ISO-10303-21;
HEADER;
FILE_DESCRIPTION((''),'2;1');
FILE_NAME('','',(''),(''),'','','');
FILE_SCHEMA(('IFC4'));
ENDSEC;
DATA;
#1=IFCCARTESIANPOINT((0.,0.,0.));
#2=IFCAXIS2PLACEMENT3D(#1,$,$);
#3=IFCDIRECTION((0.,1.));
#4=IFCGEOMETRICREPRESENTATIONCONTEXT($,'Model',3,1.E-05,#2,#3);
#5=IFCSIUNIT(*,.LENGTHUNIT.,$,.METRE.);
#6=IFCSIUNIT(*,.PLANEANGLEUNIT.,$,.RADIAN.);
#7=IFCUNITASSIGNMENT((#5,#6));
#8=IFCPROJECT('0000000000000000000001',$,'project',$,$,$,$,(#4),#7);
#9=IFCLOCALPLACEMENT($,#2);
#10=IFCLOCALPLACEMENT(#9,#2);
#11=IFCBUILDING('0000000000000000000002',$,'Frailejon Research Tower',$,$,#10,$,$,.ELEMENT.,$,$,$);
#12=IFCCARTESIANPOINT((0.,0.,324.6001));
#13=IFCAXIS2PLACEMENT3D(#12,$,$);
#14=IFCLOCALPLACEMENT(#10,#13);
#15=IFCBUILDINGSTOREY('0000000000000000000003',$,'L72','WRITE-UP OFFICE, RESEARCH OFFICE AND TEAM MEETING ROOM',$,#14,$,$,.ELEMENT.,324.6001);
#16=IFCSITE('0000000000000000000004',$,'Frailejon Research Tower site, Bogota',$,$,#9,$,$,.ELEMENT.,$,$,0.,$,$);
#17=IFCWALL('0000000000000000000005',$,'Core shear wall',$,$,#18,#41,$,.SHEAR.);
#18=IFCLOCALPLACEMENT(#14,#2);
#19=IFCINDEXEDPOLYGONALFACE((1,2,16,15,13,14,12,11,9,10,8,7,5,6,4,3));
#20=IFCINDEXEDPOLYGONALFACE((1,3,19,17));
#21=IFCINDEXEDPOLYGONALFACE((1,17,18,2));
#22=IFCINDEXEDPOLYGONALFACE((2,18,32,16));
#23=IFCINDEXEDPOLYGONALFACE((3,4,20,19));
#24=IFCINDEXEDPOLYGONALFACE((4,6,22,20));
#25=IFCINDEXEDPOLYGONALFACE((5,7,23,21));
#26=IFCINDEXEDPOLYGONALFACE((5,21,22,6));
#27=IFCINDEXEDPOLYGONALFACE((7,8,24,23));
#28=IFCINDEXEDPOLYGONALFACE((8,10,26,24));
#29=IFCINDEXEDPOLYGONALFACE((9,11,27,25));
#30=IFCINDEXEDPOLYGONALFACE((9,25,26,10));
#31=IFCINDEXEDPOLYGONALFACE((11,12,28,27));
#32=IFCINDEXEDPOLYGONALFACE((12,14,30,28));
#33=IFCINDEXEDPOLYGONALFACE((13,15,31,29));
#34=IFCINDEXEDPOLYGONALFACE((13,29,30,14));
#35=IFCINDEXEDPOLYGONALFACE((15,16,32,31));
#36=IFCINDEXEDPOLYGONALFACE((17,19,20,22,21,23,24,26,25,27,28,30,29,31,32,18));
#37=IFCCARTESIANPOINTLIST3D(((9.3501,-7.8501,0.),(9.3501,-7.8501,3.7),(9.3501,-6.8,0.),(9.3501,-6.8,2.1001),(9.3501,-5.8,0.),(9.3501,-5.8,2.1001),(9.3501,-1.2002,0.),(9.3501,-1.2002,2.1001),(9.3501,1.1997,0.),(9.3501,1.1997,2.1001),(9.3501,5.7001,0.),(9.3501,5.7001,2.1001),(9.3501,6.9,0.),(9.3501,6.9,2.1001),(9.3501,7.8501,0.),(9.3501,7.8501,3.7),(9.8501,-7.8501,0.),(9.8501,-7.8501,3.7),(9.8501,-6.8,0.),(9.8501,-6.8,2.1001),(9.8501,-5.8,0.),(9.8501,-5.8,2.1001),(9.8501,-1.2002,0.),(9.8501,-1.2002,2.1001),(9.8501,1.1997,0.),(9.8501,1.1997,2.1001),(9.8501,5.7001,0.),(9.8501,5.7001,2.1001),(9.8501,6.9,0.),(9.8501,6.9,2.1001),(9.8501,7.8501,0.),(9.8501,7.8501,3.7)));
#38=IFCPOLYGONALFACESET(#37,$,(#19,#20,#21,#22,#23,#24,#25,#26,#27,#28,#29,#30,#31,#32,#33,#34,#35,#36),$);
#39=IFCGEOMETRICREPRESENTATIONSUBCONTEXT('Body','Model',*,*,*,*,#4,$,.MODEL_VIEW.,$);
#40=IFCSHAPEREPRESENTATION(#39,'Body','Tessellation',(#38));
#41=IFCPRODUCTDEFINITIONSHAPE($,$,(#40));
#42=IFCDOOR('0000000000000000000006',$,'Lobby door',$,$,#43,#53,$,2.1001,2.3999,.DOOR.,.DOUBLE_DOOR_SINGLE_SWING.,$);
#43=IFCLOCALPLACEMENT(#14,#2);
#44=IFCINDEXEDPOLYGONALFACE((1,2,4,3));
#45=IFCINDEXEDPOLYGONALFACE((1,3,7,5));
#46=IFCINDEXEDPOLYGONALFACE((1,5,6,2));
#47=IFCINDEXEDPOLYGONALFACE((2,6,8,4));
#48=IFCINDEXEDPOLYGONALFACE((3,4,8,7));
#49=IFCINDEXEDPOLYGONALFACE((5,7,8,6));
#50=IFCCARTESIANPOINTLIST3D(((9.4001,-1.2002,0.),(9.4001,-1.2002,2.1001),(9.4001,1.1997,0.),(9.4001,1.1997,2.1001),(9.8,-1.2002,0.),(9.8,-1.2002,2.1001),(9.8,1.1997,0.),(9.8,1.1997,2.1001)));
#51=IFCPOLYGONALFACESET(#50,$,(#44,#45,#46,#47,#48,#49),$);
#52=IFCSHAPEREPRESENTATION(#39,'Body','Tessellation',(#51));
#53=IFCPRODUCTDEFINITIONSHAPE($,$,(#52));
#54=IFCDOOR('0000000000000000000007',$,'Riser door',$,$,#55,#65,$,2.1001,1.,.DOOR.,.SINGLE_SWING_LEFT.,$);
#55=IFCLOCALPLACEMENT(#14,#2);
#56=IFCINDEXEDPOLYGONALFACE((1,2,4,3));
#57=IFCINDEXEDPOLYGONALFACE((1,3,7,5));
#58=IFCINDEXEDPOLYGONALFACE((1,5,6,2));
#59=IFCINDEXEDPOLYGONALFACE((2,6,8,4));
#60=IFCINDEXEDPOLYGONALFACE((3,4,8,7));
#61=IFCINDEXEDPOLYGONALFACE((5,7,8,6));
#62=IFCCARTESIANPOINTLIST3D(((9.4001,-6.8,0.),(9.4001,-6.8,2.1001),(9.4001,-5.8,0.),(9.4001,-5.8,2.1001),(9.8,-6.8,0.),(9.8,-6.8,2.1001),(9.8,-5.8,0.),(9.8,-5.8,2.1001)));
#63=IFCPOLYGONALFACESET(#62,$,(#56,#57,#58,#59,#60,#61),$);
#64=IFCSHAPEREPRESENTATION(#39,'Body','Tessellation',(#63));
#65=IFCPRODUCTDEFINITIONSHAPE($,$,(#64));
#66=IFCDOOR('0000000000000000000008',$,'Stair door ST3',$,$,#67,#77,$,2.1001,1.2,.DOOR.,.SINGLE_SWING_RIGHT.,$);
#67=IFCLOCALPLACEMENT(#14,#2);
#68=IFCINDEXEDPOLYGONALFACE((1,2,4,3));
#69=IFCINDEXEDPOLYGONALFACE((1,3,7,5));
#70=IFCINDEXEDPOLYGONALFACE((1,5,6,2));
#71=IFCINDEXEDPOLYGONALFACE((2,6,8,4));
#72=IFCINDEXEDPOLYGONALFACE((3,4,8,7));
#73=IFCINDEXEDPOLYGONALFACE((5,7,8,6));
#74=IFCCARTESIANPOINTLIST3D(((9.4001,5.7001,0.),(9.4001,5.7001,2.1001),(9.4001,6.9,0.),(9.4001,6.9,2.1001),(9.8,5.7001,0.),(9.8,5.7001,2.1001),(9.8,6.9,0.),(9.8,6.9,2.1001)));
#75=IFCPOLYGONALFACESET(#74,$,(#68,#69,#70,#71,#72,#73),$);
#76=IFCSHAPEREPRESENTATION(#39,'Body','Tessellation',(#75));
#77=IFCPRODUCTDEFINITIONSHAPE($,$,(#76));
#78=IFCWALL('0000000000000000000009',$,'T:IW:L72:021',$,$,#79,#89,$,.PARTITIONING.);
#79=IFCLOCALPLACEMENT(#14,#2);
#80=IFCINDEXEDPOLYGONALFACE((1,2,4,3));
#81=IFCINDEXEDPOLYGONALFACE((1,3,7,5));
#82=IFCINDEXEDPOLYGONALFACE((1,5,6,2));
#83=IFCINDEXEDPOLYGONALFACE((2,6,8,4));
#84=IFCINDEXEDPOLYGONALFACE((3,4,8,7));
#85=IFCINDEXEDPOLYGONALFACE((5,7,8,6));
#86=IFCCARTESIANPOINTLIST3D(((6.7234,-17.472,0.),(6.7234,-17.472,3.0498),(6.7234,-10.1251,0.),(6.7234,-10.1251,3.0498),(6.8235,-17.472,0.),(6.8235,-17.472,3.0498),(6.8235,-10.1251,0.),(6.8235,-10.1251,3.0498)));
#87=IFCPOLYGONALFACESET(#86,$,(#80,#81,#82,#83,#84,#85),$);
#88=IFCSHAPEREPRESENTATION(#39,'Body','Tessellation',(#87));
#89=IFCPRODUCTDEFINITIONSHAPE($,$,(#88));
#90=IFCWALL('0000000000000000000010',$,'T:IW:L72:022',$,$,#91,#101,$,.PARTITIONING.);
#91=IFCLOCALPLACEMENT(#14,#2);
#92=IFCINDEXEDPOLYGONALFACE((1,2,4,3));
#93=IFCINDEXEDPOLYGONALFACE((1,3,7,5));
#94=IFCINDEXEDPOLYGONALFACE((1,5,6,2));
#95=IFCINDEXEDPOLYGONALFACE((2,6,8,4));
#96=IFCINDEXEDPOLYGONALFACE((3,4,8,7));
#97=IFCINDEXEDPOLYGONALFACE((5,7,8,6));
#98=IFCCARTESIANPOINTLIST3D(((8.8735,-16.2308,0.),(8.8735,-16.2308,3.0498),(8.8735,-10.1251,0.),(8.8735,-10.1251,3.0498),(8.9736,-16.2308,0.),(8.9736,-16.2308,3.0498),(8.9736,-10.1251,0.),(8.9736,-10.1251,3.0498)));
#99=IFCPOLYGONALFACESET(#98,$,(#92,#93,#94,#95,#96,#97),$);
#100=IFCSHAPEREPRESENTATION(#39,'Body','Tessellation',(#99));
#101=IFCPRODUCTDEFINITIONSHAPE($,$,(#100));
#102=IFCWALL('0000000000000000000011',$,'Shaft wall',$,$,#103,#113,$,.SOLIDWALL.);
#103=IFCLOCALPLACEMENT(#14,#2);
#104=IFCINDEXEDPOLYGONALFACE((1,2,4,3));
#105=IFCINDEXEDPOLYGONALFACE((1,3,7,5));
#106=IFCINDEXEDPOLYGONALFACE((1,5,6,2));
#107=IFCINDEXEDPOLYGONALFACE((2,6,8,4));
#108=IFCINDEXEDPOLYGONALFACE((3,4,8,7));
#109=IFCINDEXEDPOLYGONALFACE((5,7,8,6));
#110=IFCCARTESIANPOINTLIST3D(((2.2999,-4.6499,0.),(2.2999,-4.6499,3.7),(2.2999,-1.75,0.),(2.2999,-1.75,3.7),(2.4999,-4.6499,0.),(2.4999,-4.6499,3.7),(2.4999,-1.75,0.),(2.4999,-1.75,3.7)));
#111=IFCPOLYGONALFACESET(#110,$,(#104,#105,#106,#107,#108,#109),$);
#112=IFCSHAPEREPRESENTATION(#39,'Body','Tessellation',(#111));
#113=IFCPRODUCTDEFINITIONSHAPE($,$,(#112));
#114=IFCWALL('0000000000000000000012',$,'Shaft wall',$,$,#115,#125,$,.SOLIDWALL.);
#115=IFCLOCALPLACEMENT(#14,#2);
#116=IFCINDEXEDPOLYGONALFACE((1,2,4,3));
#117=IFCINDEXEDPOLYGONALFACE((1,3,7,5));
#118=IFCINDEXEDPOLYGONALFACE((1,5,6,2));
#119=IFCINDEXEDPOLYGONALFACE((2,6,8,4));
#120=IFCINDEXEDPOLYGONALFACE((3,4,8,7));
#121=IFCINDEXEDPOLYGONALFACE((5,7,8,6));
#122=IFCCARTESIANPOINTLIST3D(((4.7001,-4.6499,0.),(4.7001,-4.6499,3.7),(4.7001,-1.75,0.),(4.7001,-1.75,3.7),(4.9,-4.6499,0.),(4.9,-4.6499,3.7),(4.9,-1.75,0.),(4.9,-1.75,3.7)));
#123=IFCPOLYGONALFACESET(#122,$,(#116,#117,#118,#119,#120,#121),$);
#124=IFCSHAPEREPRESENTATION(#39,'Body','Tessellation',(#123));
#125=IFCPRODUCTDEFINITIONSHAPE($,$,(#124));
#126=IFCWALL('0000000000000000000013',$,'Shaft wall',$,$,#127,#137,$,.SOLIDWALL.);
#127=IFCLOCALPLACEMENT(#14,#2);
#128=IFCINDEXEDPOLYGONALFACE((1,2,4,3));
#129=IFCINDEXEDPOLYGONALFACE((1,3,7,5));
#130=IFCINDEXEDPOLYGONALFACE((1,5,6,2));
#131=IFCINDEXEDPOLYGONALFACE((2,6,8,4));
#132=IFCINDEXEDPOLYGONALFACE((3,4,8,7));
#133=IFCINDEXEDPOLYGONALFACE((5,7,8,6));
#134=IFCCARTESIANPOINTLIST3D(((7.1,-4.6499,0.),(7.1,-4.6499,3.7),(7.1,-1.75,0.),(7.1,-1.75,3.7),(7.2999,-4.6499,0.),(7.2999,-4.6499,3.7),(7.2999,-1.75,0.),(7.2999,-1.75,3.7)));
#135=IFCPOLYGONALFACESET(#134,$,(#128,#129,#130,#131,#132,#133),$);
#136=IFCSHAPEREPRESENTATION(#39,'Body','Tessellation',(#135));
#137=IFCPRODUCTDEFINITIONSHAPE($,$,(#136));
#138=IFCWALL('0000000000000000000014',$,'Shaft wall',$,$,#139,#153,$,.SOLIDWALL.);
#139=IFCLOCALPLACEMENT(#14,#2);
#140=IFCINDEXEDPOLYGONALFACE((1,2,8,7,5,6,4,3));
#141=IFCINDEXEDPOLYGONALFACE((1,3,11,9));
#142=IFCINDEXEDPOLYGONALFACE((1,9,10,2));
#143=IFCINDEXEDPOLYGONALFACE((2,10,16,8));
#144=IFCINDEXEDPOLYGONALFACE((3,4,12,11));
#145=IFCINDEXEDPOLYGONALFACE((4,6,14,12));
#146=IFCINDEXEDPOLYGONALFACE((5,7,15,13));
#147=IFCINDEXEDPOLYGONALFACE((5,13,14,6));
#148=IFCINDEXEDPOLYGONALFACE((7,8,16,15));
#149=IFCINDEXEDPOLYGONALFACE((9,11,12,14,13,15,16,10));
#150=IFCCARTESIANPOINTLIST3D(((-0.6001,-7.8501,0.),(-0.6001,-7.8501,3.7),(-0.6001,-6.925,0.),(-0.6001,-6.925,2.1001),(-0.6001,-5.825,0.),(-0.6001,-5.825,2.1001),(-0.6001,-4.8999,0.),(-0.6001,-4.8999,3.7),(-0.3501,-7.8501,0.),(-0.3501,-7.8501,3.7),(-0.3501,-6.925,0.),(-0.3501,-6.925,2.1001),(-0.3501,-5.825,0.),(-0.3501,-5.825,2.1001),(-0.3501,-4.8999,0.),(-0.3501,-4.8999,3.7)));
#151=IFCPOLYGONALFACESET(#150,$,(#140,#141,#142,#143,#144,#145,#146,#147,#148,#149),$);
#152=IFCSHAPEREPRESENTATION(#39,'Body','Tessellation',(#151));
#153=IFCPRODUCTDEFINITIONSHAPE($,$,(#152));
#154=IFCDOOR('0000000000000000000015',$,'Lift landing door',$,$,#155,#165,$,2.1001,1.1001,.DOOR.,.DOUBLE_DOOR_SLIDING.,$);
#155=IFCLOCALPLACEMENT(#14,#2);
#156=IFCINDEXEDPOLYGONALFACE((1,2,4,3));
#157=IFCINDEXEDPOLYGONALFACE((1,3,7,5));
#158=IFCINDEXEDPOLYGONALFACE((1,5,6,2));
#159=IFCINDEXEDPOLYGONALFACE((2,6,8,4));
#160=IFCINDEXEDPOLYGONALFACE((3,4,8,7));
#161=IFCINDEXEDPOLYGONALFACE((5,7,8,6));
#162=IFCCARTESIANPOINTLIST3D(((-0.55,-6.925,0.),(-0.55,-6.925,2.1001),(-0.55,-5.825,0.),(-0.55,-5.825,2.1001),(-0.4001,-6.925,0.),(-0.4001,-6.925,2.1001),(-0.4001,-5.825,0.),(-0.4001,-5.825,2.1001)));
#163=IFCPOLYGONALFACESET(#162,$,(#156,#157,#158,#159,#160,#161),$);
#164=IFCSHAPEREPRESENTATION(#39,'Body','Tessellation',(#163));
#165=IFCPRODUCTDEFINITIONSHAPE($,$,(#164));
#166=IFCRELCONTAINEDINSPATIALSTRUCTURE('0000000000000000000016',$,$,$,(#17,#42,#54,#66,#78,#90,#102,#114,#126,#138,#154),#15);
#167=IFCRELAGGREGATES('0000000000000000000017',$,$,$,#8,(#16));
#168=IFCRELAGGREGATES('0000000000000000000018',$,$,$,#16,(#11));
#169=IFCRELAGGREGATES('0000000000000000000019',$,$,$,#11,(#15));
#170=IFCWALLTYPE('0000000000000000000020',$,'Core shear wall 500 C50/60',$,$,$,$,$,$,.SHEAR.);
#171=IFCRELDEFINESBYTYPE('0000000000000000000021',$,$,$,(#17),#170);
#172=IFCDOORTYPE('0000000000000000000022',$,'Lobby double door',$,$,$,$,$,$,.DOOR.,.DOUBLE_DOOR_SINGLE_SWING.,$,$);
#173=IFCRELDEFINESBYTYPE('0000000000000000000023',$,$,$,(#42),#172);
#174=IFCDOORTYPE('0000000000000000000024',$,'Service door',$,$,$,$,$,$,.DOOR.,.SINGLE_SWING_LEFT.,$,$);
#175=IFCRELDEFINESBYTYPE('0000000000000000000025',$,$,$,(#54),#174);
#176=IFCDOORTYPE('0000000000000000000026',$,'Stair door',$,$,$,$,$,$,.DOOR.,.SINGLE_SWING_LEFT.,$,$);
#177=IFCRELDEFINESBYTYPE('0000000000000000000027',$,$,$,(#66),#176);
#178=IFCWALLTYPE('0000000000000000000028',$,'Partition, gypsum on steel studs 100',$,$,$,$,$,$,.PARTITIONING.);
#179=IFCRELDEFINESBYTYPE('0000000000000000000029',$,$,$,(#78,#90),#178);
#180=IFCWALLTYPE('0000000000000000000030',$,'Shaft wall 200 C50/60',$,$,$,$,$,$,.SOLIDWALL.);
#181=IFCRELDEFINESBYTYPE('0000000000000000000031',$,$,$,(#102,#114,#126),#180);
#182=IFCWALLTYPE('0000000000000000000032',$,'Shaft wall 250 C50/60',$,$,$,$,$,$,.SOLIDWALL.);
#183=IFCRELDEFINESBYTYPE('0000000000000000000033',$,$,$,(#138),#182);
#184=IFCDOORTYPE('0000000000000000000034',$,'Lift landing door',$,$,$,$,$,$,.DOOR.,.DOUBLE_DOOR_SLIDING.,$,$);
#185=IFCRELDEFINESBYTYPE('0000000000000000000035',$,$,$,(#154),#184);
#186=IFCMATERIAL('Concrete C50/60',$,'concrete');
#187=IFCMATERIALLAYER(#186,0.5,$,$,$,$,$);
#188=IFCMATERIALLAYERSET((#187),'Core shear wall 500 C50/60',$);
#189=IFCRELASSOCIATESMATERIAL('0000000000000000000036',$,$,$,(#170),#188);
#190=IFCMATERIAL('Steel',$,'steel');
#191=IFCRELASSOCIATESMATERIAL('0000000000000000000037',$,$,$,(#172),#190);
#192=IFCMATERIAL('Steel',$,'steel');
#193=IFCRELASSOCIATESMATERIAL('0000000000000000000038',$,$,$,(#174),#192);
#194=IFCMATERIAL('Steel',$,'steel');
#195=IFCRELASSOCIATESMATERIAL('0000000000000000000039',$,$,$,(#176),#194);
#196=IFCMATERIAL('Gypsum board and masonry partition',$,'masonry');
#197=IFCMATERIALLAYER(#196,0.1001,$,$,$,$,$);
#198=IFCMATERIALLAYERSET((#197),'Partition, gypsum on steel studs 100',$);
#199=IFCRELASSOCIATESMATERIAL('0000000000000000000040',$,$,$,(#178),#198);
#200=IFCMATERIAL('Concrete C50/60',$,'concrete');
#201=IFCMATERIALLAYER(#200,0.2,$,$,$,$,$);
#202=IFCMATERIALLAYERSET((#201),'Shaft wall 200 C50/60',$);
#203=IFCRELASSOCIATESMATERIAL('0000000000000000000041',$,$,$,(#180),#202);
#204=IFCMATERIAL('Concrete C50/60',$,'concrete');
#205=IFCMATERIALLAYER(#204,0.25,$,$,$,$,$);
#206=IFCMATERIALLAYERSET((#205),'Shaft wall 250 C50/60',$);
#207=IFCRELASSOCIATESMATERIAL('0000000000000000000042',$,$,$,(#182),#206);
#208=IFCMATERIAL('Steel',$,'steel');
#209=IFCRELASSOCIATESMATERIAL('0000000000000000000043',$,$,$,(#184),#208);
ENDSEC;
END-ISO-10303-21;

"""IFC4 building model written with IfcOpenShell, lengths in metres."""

from ifc_helpers import new_model, si_unit, direction, frame, frame_2d, origin, place, context, subcontext, project, spatial, rectangle, extrude, material, layer, layer_set, type_object, element, fill, save


model = new_model("IFC4")

# Units and contexts
model_context = context("Model", 3, precision=1e-05, world=origin(), true_north=direction((0.0, 1.0)))
body_context = subcontext(model_context, "Body", "Model", "MODEL_VIEW")
ifc_project = project(units=[si_unit("LENGTHUNIT", "METRE"), si_unit("PLANEANGLEUNIT", "RADIAN")], contexts=[model_context])

# Site, building, storey
site_placement = place(None, origin())
site = spatial("IfcSite", under=ifc_project, at=site_placement, Name="Frailejon Research Tower site, Bogota", CompositionType="ELEMENT", RefElevation=0.0)
building_placement = place(site_placement, origin())
building = spatial("IfcBuilding", under=site, at=building_placement, Name="Frailejon Research Tower", CompositionType="ELEMENT")
storey_placement = place(building_placement, frame((0.0, 0.0, 324.6001)))
storey = spatial("IfcBuildingStorey", under=building, at=storey_placement, Name="L72", Description="WRITE-UP OFFICE, RESEARCH OFFICE AND TEAM MEETING ROOM", CompositionType="ELEMENT", Elevation=324.6001)

# Wall, openings, doors
ifc_material_1 = material(Name="Concrete C50/60", Category="concrete")
ifc_layer_1 = layer(ifc_material_1, 0.5)
ifc_layer_set_1 = layer_set([ifc_layer_1], Name="Core shear wall 500 C50/60")
wall_type_1 = type_object("IfcWallType", Name="Core shear wall 500 C50/60", PredefinedType="SHEAR", material=ifc_layer_set_1)
wall_1_placement = place(storey_placement, frame((9.6001, -7.8501, 0.0), z_axis=(0.0, 0.0, 1.0), x_axis=(0.0, 1.0, 0.0)))
wall_1 = element("IfcWall", 1, at=wall_1_placement, inside=storey, type_object=wall_type_1, Name="Core shear wall", PredefinedType="SHEAR", context=body_context, shape_type="SweptSolid", body=[
    extrude(rectangle(XDim=15.7002, YDim=0.5, at=frame_2d((7.8501, 0.0))), origin(), (0.0, 0.0, 1.0), 3.7),
])
opening_1_placement = place(wall_1_placement, frame((6.6499, 0.0, 0.0)))
opening_1 = element("IfcOpeningElement", 2, at=opening_1_placement, cuts=wall_1, PredefinedType="OPENING", context=body_context, shape_type="SweptSolid", body=[
    extrude(rectangle(XDim=2.3999, YDim=2.1001, at=frame_2d((1.2, 1.05))), frame((0.0, 0.26, 0.0), z_axis=(0.0, -1.0, 0.0), x_axis=(1.0, 0.0, 0.0)), (0.0, 0.0, 1.0), 0.52),
])
opening_2_placement = place(wall_1_placement, frame((13.55, 0.0, 0.0)))
opening_2 = element("IfcOpeningElement", 3, at=opening_2_placement, cuts=wall_1, PredefinedType="OPENING", context=body_context, shape_type="SweptSolid", body=[
    extrude(rectangle(XDim=1.2, YDim=2.1001, at=frame_2d((0.6001, 1.05))), frame((0.0, 0.26, 0.0), z_axis=(0.0, -1.0, 0.0), x_axis=(1.0, 0.0, 0.0)), (0.0, 0.0, 1.0), 0.52),
])
opening_3_placement = place(wall_1_placement, frame((1.05, 0.0, 0.0)))
opening_3 = element("IfcOpeningElement", 4, at=opening_3_placement, cuts=wall_1, PredefinedType="OPENING", context=body_context, shape_type="SweptSolid", body=[
    extrude(rectangle(XDim=1.0, YDim=2.1001, at=frame_2d((0.5, 1.05))), frame((0.0, 0.26, 0.0), z_axis=(0.0, -1.0, 0.0), x_axis=(1.0, 0.0, 0.0)), (0.0, 0.0, 1.0), 0.52),
])
ifc_material_2 = material(Name="Steel", Category="steel")
door_type_1 = type_object("IfcDoorType", Name="Lobby double door", OperationType="DOUBLE_DOOR_SINGLE_SWING", PredefinedType="DOOR", material=ifc_material_2)
door_1_placement = place(opening_1_placement, origin())
door_1 = element("IfcDoor", 5, at=door_1_placement, inside=storey, type_object=door_type_1, Name="Lobby door", OperationType="DOUBLE_DOOR_SINGLE_SWING", OverallHeight=2.1001, OverallWidth=2.3999, PredefinedType="DOOR", context=body_context, shape_type="SweptSolid", body=[
    extrude(rectangle(XDim=2.3999, YDim=2.1001, at=frame_2d((1.2, 1.05))), frame((0.0, 0.2, 0.0), z_axis=(0.0, -1.0, 0.0), x_axis=(1.0, 0.0, 0.0)), (0.0, 0.0, 1.0), 0.3999),
])
fill(opening_1, door_1)
ifc_material_3 = material(Name="Steel", Category="steel")
door_type_2 = type_object("IfcDoorType", Name="Service door", OperationType="SINGLE_SWING_LEFT", PredefinedType="DOOR", material=ifc_material_3)
door_2_placement = place(opening_3_placement, origin())
door_2 = element("IfcDoor", 6, at=door_2_placement, inside=storey, type_object=door_type_2, Name="Riser door", OperationType="SINGLE_SWING_LEFT", OverallHeight=2.1001, OverallWidth=1.0, PredefinedType="DOOR", context=body_context, shape_type="SweptSolid", body=[
    extrude(rectangle(XDim=1.0, YDim=2.1001, at=frame_2d((0.5, 1.05))), frame((0.0, 0.2, 0.0), z_axis=(0.0, -1.0, 0.0), x_axis=(1.0, 0.0, 0.0)), (0.0, 0.0, 1.0), 0.3999),
])
fill(opening_3, door_2)
ifc_material_4 = material(Name="Steel", Category="steel")
door_type_3 = type_object("IfcDoorType", Name="Stair door", OperationType="SINGLE_SWING_LEFT", PredefinedType="DOOR", material=ifc_material_4)
door_3_placement = place(opening_2_placement, origin())
door_3 = element("IfcDoor", 7, at=door_3_placement, inside=storey, type_object=door_type_3, Name="Stair door ST3", OperationType="SINGLE_SWING_RIGHT", OverallHeight=2.1001, OverallWidth=1.2, PredefinedType="DOOR", context=body_context, shape_type="SweptSolid", body=[
    extrude(rectangle(XDim=1.2, YDim=2.1001, at=frame_2d((0.6001, 1.05))), frame((0.0, 0.2, 0.0), z_axis=(0.0, -1.0, 0.0), x_axis=(1.0, 0.0, 0.0)), (0.0, 0.0, 1.0), 0.3999),
])
fill(opening_2, door_3)

# Walls
ifc_material_5 = material(Name="Gypsum board and masonry partition", Category="masonry")
ifc_layer_2 = layer(ifc_material_5, 0.1001)
ifc_layer_set_2 = layer_set([ifc_layer_2], Name="Partition, gypsum on steel studs 100")
wall_type_2 = type_object("IfcWallType", Name="Partition, gypsum on steel studs 100", PredefinedType="PARTITIONING", material=ifc_layer_set_2)
wall_2_placement = place(storey_placement, frame((6.7734, -17.4719, 0.0), z_axis=(0.0, 0.0, 1.0), x_axis=(0.0, 1.0, 0.0)))
element("IfcWall", 8, at=wall_2_placement, inside=storey, type_object=wall_type_2, Name="T:IW:L72:021", PredefinedType="PARTITIONING", context=body_context, shape_type="SweptSolid", body=[
    extrude(rectangle(XDim=7.3469, YDim=0.1001, at=frame_2d((3.6733, 0.0))), origin(), (0.0, 0.0, 1.0), 3.0498),
])
wall_3_placement = place(storey_placement, frame((8.9236, -16.2307, 0.0), z_axis=(0.0, 0.0, 1.0), x_axis=(0.0, 1.0, 0.0)))
element("IfcWall", 9, at=wall_3_placement, inside=storey, type_object=wall_type_2, Name="T:IW:L72:022", PredefinedType="PARTITIONING", context=body_context, shape_type="SweptSolid", body=[
    extrude(rectangle(XDim=6.1057, YDim=0.1001, at=frame_2d((3.0527, 0.0))), origin(), (0.0, 0.0, 1.0), 3.0498),
])
ifc_material_6 = material(Name="Concrete C50/60", Category="concrete")
ifc_layer_3 = layer(ifc_material_6, 0.2)
ifc_layer_set_3 = layer_set([ifc_layer_3], Name="Shaft wall 200 C50/60")
wall_type_3 = type_object("IfcWallType", Name="Shaft wall 200 C50/60", PredefinedType="SOLIDWALL", material=ifc_layer_set_3)
for number, where, z_axis, x_axis, name in (
    (10, (2.3999, -4.6499, 0.0), (0.0, 0.0, 1.0), (0.0, 1.0, 0.0), "Shaft wall"),
    (11, (4.8, -4.6499, 0.0), (0.0, 0.0, 1.0), (0.0, 1.0, 0.0), "Shaft wall"),
    (12, (7.2, -4.6499, 0.0), (0.0, 0.0, 1.0), (0.0, 1.0, 0.0), "Shaft wall"),
):
    element("IfcWall", number, at=place(storey_placement, frame(where, z_axis=z_axis, x_axis=x_axis)), inside=storey, type_object=wall_type_3, Name=name, PredefinedType="SOLIDWALL", context=body_context, shape_type="SweptSolid", body=[
        extrude(rectangle(XDim=2.8999, YDim=0.2, at=frame_2d((1.45, 0.0))), origin(), (0.0, 0.0, 1.0), 3.7),
    ])

# Wall, opening, door
ifc_material_7 = material(Name="Concrete C50/60", Category="concrete")
ifc_layer_4 = layer(ifc_material_7, 0.25)
ifc_layer_set_4 = layer_set([ifc_layer_4], Name="Shaft wall 250 C50/60")
wall_type_4 = type_object("IfcWallType", Name="Shaft wall 250 C50/60", PredefinedType="SOLIDWALL", material=ifc_layer_set_4)
wall_4_placement = place(storey_placement, frame((-0.4751, -7.8501, 0.0), z_axis=(0.0, 0.0, 1.0), x_axis=(0.0, 1.0, 0.0)))
wall_4 = element("IfcWall", 13, at=wall_4_placement, inside=storey, type_object=wall_type_4, Name="Shaft wall", PredefinedType="SOLIDWALL", context=body_context, shape_type="SweptSolid", body=[
    extrude(rectangle(XDim=2.9502, YDim=0.25, at=frame_2d((1.4751, 0.0))), origin(), (0.0, 0.0, 1.0), 3.7),
])
opening_4_placement = place(wall_4_placement, frame((0.925, 0.0, 0.0)))
opening_4 = element("IfcOpeningElement", 14, at=opening_4_placement, cuts=wall_4, PredefinedType="OPENING", context=body_context, shape_type="SweptSolid", body=[
    extrude(rectangle(XDim=1.1001, YDim=2.1001, at=frame_2d((0.55, 1.05))), frame((0.0, 0.135, 0.0), z_axis=(0.0, -1.0, 0.0), x_axis=(1.0, 0.0, 0.0)), (0.0, 0.0, 1.0), 0.27),
])
ifc_material_8 = material(Name="Steel", Category="steel")
door_type_4 = type_object("IfcDoorType", Name="Lift landing door", OperationType="DOUBLE_DOOR_SLIDING", PredefinedType="DOOR", material=ifc_material_8)
door_4_placement = place(opening_4_placement, origin())
door_4 = element("IfcDoor", 15, at=door_4_placement, inside=storey, type_object=door_type_4, Name="Lift landing door", OperationType="DOUBLE_DOOR_SLIDING", OverallHeight=2.1001, OverallWidth=1.1001, PredefinedType="DOOR", context=body_context, shape_type="SweptSolid", body=[
    extrude(rectangle(XDim=1.1001, YDim=2.1001, at=frame_2d((0.55, 1.05))), frame((0.0, 0.075, 0.0), z_axis=(0.0, -1.0, 0.0), x_axis=(1.0, 0.0, 0.0)), (0.0, 0.0, 1.0), 0.1499),
])
fill(opening_4, door_4)

save(model, "model.ifc")
